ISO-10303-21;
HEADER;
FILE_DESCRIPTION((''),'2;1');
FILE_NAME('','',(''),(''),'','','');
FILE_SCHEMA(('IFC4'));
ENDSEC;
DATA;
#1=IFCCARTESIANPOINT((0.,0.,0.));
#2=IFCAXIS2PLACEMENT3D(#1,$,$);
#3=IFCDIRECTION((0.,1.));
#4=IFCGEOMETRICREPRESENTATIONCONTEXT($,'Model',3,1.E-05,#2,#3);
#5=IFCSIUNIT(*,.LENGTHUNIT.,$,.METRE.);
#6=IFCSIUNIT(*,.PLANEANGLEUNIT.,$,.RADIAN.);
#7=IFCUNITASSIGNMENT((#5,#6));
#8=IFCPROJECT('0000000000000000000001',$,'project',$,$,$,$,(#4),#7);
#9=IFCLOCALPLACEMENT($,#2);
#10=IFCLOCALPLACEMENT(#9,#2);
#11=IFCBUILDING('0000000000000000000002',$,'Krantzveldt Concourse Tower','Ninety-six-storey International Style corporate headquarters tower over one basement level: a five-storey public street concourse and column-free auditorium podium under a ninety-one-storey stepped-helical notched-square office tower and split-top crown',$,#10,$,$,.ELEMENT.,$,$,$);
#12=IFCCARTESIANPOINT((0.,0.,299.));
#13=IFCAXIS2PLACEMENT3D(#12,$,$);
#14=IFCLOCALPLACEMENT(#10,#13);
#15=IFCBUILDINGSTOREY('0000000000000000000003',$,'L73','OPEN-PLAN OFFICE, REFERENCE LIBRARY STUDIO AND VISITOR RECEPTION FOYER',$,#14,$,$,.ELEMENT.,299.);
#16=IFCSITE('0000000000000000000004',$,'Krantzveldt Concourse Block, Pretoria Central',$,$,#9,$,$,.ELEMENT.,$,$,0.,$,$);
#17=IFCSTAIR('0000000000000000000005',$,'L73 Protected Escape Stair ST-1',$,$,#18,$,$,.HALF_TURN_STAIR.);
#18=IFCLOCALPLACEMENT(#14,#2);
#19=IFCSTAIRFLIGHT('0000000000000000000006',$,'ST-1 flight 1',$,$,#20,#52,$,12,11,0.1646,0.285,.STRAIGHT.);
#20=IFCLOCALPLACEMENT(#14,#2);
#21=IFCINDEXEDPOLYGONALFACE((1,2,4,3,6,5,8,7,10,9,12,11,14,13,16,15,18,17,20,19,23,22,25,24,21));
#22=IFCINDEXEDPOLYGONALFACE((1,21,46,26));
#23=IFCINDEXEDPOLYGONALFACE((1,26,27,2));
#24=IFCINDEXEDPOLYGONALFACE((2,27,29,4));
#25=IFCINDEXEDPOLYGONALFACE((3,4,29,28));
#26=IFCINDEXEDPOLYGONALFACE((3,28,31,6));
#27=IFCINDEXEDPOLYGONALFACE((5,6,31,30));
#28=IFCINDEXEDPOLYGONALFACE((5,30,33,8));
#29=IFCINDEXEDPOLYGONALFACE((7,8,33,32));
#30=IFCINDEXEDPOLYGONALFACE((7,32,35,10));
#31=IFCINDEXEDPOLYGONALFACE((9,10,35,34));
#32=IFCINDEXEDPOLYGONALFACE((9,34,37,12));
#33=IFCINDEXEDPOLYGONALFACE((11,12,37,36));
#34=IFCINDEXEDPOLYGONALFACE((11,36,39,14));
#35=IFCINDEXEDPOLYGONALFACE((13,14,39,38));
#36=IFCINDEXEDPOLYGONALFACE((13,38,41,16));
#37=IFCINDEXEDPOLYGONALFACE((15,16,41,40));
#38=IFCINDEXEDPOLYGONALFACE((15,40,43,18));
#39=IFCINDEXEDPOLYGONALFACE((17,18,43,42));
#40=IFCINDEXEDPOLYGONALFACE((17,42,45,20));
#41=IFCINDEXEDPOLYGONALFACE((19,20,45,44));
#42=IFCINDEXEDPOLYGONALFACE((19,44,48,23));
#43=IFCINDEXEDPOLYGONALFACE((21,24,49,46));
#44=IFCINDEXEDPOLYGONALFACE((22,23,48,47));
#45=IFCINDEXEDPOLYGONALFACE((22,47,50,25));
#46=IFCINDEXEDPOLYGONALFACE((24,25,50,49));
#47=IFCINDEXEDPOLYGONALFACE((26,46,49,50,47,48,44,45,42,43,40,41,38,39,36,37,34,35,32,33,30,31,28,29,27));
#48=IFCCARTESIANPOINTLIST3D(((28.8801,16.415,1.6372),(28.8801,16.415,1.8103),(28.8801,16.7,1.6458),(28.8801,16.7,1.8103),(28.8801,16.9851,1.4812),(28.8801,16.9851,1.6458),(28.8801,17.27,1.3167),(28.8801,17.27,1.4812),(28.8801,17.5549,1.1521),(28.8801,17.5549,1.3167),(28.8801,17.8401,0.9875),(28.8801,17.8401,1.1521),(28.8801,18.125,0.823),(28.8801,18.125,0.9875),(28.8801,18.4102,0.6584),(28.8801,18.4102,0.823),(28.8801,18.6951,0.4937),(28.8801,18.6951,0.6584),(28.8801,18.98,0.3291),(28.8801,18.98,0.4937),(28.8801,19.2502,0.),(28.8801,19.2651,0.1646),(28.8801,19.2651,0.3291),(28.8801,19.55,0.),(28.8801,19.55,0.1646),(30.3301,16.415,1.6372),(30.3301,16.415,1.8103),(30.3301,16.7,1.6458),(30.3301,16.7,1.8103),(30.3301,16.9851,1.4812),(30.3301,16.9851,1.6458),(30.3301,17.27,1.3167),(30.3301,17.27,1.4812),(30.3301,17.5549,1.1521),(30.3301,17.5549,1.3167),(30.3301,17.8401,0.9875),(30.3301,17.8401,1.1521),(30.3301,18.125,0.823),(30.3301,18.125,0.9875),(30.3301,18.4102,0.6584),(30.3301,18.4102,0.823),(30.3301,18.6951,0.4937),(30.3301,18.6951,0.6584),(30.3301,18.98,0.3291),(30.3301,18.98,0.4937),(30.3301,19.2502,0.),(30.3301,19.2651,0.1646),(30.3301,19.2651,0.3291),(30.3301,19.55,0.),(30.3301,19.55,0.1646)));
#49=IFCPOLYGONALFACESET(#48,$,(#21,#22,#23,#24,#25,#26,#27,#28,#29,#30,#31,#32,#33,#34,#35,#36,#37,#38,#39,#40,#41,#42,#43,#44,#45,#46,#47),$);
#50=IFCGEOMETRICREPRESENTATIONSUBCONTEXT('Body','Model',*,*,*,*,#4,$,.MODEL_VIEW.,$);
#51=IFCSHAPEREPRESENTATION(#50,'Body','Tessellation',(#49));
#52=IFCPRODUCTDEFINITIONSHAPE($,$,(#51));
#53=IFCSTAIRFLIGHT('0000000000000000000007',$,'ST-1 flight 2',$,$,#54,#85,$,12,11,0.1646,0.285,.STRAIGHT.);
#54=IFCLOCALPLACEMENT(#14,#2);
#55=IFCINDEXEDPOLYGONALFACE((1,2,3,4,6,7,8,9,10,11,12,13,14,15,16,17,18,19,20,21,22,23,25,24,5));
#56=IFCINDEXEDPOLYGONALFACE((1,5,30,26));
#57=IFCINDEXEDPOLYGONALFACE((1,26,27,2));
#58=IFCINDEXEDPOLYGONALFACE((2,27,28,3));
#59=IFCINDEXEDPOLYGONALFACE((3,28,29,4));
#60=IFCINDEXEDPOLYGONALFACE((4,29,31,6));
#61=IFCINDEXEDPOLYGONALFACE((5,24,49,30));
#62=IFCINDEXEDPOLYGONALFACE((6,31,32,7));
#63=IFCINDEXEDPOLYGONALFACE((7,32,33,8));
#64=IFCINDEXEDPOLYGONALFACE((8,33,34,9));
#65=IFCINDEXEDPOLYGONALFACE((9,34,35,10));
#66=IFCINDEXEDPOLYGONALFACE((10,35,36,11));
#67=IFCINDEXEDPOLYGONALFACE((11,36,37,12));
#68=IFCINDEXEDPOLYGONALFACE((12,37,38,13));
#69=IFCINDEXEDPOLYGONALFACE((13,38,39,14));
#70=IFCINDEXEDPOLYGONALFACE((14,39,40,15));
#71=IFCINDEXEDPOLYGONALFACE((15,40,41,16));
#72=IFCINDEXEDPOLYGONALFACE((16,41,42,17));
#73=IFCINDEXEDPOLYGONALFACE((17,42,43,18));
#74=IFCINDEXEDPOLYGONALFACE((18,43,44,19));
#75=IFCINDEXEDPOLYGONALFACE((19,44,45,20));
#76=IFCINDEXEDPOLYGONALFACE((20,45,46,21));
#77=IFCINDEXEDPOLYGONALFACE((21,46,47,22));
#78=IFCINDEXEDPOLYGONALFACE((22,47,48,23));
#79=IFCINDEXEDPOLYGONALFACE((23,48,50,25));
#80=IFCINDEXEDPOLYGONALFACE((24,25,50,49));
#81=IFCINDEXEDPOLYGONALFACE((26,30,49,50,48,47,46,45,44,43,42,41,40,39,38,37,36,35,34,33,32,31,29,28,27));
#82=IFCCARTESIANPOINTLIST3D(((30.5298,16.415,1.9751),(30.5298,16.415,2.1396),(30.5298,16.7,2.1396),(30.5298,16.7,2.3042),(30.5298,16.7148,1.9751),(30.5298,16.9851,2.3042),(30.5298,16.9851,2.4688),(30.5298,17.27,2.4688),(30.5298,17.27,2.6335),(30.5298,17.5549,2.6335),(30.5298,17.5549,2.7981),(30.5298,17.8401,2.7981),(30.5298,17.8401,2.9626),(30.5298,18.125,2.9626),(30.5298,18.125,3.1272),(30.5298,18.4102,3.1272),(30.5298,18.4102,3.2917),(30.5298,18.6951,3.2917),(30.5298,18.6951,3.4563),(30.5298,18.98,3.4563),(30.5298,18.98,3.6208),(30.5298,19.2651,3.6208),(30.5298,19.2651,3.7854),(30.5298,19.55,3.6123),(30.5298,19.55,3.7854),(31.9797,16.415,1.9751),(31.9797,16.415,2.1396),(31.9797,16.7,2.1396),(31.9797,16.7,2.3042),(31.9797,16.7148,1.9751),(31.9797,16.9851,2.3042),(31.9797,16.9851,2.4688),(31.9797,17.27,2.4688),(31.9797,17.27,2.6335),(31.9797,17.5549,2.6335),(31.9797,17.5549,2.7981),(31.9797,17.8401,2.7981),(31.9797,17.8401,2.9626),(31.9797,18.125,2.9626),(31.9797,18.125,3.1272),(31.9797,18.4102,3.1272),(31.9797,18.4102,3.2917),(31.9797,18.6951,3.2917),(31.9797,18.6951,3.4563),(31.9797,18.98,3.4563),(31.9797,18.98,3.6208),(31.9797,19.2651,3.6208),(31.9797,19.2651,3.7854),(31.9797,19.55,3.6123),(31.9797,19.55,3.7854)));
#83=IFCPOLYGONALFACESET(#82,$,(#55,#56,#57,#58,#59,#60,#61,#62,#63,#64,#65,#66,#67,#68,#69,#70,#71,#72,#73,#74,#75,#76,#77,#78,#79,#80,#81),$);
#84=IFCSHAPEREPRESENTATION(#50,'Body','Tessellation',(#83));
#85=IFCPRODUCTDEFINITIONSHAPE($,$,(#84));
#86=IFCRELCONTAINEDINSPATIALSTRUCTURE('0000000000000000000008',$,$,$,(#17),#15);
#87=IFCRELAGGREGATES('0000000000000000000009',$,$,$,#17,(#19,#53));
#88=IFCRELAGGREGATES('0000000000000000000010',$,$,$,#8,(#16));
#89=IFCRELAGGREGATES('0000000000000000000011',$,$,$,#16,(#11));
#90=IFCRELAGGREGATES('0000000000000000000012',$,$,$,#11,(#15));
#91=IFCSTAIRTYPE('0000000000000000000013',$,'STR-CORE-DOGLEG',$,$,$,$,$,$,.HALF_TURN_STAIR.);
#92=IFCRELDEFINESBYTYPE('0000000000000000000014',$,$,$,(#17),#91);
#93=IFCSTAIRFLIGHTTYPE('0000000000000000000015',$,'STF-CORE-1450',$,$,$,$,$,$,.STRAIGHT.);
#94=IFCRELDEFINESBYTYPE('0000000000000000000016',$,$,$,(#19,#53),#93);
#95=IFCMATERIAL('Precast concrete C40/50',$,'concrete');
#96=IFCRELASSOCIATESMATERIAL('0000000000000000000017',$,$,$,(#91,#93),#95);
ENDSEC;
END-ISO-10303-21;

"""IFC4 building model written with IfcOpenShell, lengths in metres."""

from ifc_helpers import new_model, si_unit, direction, frame, origin, place, context, subcontext, project, spatial, polyline, outline, extrude, material, type_object, element, aggregate, save


model = new_model("IFC4")

# Units and contexts
model_context = context("Model", 3, precision=1e-05, world=origin(), true_north=direction((0.0, 1.0)))
body_context = subcontext(model_context, "Body", "Model", "MODEL_VIEW")
ifc_project = project(units=[si_unit("LENGTHUNIT", "METRE"), si_unit("PLANEANGLEUNIT", "RADIAN")], contexts=[model_context])

# Site, building, storey
site_placement = place(None, origin())
site = spatial("IfcSite", under=ifc_project, at=site_placement, Name="Krantzveldt Concourse Block, Pretoria Central", CompositionType="ELEMENT", RefElevation=0.0)
building_placement = place(site_placement, origin())
building = spatial("IfcBuilding", under=site, at=building_placement, Name="Krantzveldt Concourse Tower", Description="Ninety-six-storey International Style corporate headquarters tower over one basement level: a five-storey public street concourse and column-free auditorium podium under a ninety-one-storey stepped-helical notched-square office tower and split-top crown", CompositionType="ELEMENT")
storey_placement = place(building_placement, frame((0.0, 0.0, 299.0)))
storey = spatial("IfcBuildingStorey", under=building, at=storey_placement, Name="L73", Description="OPEN-PLAN OFFICE, REFERENCE LIBRARY STUDIO AND VISITOR RECEPTION FOYER", CompositionType="ELEMENT", Elevation=299.0)

# Stair, stair flights
ifc_material_1 = material(Name="Precast concrete C40/50", Category="concrete")
stair_type = type_object("IfcStairType", Name="STR-CORE-DOGLEG", PredefinedType="HALF_TURN_STAIR", material=ifc_material_1)
stair_placement = place(storey_placement, origin())
stair = element("IfcStair", 1, at=stair_placement, inside=storey, type_object=stair_type, Name="L73 Protected Escape Stair ST-1", PredefinedType="HALF_TURN_STAIR")
stair_flight_type = type_object("IfcStairFlightType", Name="STF-CORE-1450", PredefinedType="STRAIGHT", material=ifc_material_1)
stair_flight_1_placement = place(storey_placement, frame((29.605, 19.55, 0.0), z_axis=(0.0, 0.0, 1.0), x_axis=(0.0, -1.0, 0.0)))
stair_flight_1 = element("IfcStairFlight", 2, at=stair_flight_1_placement, type_object=stair_flight_type, Name="ST-1 flight 1", NumberOfRisers=12, NumberOfTreads=11, PredefinedType="STRAIGHT", RiserHeight=0.1646, TreadLength=0.285, context=body_context, shape_type="SweptSolid", body=[
    extrude(outline(polyline([(0.0, 0.0), (0.0, 0.1646), (0.2849, 0.1646), (0.2849, 0.3291), (0.5701, 0.3291), (0.5701, 0.4937), (0.855, 0.4937), (0.855, 0.6584), (1.1399, 0.6584), (1.1399, 0.823), (1.425, 0.823), (1.425, 0.9875), (1.71, 0.9875), (1.71, 1.1521), (1.9951, 1.1521), (1.9951, 1.3167), (2.28, 1.3167), (2.28, 1.4812), (2.5649, 1.4812), (2.5649, 1.6458), (2.8501, 1.6458), (2.8501, 1.8103), (3.135, 1.8103), (3.135, 1.9751), (3.135, 1.6372), (0.2998, 0.0), (0.0, 0.0)])), frame((0.0, 0.7251, 0.0), z_axis=(0.0, -1.0, 0.0), x_axis=(1.0, 0.0, 0.0)), (0.0, 0.0, 1.0), 1.45),
])
stair_flight_2_placement = place(storey_placement, frame((31.2549, 16.415, 1.9751), z_axis=(0.0, 0.0, 1.0), x_axis=(0.0, 1.0, 0.0)))
stair_flight_2 = element("IfcStairFlight", 3, at=stair_flight_2_placement, type_object=stair_flight_type, Name="ST-1 flight 2", NumberOfRisers=12, NumberOfTreads=11, PredefinedType="STRAIGHT", RiserHeight=0.1646, TreadLength=0.285, context=body_context, shape_type="SweptSolid", body=[
    extrude(outline(polyline([(0.0, 0.0), (0.0, 0.1646), (0.2849, 0.1646), (0.2849, 0.3291), (0.5701, 0.3291), (0.5701, 0.4937), (0.855, 0.4937), (0.855, 0.6584), (1.1399, 0.6584), (1.1399, 0.823), (1.425, 0.823), (1.425, 0.9875), (1.71, 0.9875), (1.71, 1.1521), (1.9951, 1.1521), (1.9951, 1.3167), (2.28, 1.3167), (2.28, 1.4812), (2.5649, 1.4812), (2.5649, 1.6458), (2.8501, 1.6458), (2.8501, 1.8103), (3.135, 1.8103), (3.135, 1.9751), (3.135, 1.6372), (0.2998, 0.0), (0.0, 0.0)])), frame((0.0, 0.7251, 0.0), z_axis=(0.0, -1.0, 0.0), x_axis=(1.0, 0.0, 0.0)), (0.0, 0.0, 1.0), 1.45),
])
aggregate(stair, [stair_flight_1, stair_flight_2])

save(model, "model.ifc")
